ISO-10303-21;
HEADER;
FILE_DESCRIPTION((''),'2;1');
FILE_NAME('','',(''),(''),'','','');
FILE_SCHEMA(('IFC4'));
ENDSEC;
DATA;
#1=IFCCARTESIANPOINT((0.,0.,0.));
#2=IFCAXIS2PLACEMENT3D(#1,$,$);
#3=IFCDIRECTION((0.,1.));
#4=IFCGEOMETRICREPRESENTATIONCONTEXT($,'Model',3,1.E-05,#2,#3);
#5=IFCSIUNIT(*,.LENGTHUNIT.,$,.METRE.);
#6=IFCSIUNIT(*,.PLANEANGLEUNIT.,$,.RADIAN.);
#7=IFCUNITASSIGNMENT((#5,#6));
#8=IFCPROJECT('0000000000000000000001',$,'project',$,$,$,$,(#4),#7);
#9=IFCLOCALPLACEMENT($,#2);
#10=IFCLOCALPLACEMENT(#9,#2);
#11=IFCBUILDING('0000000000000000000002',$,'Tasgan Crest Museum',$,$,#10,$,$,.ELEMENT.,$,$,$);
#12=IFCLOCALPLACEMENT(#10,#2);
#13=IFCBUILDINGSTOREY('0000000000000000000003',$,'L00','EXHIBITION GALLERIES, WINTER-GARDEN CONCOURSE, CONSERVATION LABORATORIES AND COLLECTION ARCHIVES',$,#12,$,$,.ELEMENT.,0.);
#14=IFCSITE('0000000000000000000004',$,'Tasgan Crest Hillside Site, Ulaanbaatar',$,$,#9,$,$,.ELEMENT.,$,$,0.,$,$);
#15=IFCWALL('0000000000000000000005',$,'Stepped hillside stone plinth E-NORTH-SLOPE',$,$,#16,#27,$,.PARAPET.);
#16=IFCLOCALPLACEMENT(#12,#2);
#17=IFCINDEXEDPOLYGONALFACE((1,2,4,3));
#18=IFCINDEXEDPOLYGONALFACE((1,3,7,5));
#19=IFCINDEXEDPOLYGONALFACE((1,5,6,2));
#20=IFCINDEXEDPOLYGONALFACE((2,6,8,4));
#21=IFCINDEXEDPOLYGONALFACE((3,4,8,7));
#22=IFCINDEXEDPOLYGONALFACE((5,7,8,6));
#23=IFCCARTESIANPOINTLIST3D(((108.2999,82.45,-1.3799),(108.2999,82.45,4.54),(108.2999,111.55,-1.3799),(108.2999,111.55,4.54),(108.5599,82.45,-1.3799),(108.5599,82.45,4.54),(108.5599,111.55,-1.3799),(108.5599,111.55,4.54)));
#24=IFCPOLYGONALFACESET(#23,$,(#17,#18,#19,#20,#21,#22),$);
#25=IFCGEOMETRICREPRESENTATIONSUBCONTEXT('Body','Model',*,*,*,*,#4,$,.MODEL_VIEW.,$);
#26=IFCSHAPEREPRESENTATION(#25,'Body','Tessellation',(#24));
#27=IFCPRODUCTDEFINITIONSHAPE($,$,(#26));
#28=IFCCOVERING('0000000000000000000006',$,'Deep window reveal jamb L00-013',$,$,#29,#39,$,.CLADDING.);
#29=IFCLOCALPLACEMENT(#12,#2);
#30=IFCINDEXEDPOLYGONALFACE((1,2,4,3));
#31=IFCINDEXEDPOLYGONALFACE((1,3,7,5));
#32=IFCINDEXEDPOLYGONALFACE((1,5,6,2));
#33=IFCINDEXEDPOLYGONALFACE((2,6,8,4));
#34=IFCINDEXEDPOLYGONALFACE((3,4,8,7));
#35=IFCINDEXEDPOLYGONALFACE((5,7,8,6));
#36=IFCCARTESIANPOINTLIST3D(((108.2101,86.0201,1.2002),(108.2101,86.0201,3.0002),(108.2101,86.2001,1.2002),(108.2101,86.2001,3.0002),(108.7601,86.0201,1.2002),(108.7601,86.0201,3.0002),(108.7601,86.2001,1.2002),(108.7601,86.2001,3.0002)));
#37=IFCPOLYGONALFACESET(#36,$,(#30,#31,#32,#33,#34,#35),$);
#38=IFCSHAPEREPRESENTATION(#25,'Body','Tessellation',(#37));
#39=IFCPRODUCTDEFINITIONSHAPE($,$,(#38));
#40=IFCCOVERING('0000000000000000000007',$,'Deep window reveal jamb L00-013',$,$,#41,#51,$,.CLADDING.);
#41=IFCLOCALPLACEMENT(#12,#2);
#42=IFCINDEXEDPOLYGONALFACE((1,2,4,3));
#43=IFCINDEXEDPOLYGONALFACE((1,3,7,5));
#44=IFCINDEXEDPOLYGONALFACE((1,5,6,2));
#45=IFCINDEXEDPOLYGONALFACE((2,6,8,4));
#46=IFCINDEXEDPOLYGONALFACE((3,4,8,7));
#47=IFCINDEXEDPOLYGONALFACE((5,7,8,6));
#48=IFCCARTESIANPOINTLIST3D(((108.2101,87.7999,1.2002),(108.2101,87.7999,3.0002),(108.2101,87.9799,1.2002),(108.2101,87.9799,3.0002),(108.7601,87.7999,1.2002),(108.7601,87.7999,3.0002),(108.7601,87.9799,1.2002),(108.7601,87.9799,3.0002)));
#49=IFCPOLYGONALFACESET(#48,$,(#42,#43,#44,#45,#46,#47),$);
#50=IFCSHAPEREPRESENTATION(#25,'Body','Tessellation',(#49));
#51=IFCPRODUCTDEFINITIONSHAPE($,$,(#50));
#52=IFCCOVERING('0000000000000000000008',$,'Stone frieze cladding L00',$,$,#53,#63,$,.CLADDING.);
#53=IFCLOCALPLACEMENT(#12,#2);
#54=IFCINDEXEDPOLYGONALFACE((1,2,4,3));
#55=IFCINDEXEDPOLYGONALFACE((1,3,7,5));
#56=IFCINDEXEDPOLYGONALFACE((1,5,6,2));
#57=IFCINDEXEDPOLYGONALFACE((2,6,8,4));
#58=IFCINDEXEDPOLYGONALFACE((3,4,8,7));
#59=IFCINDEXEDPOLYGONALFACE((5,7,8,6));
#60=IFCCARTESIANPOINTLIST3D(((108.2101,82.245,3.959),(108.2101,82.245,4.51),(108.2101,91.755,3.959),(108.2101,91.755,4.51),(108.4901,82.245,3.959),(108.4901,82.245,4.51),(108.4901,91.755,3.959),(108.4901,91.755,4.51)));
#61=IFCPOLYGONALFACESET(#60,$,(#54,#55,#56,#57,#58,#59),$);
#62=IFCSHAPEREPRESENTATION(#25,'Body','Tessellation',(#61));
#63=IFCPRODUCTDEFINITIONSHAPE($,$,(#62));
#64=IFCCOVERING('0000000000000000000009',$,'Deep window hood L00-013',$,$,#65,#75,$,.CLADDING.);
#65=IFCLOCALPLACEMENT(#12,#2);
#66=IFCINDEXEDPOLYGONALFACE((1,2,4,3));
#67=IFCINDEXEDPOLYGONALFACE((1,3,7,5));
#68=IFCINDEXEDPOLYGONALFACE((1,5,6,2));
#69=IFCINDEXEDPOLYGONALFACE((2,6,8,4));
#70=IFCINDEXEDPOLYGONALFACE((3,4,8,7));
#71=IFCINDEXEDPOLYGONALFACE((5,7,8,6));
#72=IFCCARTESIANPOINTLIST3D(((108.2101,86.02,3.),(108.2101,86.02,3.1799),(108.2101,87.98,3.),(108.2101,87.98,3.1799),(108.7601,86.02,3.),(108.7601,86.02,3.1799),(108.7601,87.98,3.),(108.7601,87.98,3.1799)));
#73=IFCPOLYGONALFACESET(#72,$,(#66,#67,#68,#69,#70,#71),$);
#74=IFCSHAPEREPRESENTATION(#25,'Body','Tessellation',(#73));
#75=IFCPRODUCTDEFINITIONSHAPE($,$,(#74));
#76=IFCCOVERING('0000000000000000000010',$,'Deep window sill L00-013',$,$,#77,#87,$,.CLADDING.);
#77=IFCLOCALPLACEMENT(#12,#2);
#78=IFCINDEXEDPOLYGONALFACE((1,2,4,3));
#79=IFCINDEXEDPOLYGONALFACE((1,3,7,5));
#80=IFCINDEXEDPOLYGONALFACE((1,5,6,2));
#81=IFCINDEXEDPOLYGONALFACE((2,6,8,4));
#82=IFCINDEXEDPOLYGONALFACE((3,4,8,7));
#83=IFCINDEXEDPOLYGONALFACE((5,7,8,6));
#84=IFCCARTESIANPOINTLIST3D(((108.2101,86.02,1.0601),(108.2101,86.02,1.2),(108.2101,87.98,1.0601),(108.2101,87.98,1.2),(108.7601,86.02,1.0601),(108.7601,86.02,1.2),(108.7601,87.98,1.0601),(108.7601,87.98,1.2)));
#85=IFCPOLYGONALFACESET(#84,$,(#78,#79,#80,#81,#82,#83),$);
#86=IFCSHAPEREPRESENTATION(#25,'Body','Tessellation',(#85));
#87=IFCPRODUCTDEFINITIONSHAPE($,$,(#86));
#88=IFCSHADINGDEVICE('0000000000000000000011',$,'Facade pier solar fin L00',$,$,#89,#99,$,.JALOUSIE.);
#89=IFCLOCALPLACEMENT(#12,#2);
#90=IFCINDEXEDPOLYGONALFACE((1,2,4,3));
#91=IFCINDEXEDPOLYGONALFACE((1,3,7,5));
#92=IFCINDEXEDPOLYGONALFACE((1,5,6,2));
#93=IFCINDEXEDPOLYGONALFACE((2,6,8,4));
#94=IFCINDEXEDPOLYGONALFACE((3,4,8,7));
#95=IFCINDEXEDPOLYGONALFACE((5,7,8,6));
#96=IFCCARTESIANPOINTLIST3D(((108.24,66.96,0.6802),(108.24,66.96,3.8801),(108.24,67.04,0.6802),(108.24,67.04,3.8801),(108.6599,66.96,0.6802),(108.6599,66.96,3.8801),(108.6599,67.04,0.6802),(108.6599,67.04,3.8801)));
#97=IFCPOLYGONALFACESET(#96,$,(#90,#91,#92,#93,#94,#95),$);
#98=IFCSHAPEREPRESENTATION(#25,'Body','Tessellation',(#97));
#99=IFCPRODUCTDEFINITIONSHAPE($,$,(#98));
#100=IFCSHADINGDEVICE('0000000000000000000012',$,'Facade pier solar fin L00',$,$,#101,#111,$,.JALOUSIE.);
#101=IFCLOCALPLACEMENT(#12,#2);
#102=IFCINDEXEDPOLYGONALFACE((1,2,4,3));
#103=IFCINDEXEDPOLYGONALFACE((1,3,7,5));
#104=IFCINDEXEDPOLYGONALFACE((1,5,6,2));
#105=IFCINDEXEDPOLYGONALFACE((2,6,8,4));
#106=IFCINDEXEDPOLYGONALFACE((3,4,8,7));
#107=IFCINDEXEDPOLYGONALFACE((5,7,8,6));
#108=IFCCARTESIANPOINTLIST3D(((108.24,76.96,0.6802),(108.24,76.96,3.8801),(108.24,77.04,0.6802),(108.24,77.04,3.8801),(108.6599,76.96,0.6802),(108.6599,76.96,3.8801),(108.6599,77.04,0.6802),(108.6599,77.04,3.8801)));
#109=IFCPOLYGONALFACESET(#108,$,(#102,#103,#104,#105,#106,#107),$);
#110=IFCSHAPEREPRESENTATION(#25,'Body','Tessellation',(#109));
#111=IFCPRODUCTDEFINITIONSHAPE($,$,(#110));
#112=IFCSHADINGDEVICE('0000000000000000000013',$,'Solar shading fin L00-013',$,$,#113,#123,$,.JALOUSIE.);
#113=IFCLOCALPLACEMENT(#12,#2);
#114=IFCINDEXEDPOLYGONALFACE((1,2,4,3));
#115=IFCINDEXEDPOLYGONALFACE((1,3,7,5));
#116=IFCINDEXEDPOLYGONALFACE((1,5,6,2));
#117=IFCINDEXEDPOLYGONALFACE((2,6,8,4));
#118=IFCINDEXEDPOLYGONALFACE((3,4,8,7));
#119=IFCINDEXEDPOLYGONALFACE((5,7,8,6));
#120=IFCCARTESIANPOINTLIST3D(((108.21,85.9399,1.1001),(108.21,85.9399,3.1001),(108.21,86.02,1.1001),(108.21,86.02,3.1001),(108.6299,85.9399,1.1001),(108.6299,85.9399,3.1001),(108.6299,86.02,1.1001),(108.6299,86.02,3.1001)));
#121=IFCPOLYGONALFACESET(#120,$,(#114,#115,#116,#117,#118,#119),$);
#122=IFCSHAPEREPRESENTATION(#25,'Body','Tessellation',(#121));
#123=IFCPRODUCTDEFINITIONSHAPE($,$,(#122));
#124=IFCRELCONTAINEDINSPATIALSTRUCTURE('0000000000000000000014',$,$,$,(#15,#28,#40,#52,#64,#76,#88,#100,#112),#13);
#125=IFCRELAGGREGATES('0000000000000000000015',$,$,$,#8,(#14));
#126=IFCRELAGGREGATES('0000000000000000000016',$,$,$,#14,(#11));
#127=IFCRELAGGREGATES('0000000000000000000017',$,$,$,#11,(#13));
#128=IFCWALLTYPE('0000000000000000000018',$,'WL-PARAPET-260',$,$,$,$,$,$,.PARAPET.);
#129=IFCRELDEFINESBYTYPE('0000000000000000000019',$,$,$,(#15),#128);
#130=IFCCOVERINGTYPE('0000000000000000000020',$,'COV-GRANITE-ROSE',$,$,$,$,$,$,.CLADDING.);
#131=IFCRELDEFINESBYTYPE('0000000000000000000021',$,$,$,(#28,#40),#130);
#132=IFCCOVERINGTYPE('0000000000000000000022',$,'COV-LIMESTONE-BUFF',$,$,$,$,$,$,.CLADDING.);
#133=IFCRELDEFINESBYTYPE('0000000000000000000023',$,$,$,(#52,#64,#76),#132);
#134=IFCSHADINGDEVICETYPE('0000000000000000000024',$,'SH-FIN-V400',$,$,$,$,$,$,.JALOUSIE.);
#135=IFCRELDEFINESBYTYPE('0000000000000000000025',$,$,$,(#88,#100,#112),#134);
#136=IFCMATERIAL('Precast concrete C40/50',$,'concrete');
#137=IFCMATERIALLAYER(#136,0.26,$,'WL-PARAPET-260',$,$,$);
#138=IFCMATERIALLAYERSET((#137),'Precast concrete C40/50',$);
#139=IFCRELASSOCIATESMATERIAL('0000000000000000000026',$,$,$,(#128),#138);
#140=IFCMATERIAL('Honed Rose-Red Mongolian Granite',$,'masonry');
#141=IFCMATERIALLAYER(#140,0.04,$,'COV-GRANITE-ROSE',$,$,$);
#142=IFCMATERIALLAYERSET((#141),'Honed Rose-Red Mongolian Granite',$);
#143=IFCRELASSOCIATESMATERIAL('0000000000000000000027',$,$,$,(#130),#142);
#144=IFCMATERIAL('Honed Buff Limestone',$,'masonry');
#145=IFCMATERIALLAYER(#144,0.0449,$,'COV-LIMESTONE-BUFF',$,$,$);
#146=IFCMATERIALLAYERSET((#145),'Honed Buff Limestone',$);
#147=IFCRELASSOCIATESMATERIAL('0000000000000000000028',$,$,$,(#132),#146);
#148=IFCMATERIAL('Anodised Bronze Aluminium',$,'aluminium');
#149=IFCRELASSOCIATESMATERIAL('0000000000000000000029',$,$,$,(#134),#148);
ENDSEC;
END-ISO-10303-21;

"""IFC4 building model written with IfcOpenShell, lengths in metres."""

from ifc_helpers import new_model, si_unit, direction, frame, frame_2d, origin, origin_2d, place, context, subcontext, project, spatial, rectangle, extrude, material, layer, layer_set, type_object, element, save


model = new_model("IFC4")

# Units and contexts
model_context = context("Model", 3, precision=1e-05, world=origin(), true_north=direction((0.0, 1.0)))
body_context = subcontext(model_context, "Body", "Model", "MODEL_VIEW")
ifc_project = project(units=[si_unit("LENGTHUNIT", "METRE"), si_unit("PLANEANGLEUNIT", "RADIAN")], contexts=[model_context])

# Site, building, storey
site_placement = place(None, origin())
site = spatial("IfcSite", under=ifc_project, at=site_placement, Name="Tasgan Crest Hillside Site, Ulaanbaatar", CompositionType="ELEMENT", RefElevation=0.0)
building_placement = place(site_placement, origin())
building = spatial("IfcBuilding", under=site, at=building_placement, Name="Tasgan Crest Museum", CompositionType="ELEMENT")
storey_placement = place(building_placement, origin())
storey = spatial("IfcBuildingStorey", under=building, at=storey_placement, Name="L00", Description="EXHIBITION GALLERIES, WINTER-GARDEN CONCOURSE, CONSERVATION LABORATORIES AND COLLECTION ARCHIVES", CompositionType="ELEMENT", Elevation=0.0)

# Wall
ifc_material_1 = material(Name="Precast concrete C40/50", Category="concrete")
ifc_layer_1 = layer(ifc_material_1, 0.26, Name="WL-PARAPET-260")
ifc_layer_set_1 = layer_set([ifc_layer_1], Name="Precast concrete C40/50")
wall_type_1 = type_object("IfcWallType", Name="WL-PARAPET-260", PredefinedType="PARAPET", material=ifc_layer_set_1)
wall_1_placement = place(storey_placement, frame((108.4299, 82.45, -1.3799), z_axis=(0.0, 0.0, 1.0), x_axis=(0.0, 1.0, 0.0)))
element("IfcWall", 1, at=wall_1_placement, inside=storey, type_object=wall_type_1, Name="Stepped hillside stone plinth E-NORTH-SLOPE", PredefinedType="PARAPET", context=body_context, shape_type="SweptSolid", body=[
    extrude(rectangle(XDim=29.1001, YDim=0.26, at=frame_2d((14.55, 0.0))), origin(), (0.0, 0.0, 1.0), 5.9199),
])

# Coverings
ifc_material_2 = material(Name="Honed Rose-Red Mongolian Granite", Category="masonry")
ifc_layer_2 = layer(ifc_material_2, 0.04, Name="COV-GRANITE-ROSE")
ifc_layer_set_2 = layer_set([ifc_layer_2], Name="Honed Rose-Red Mongolian Granite")
covering_type_1 = type_object("IfcCoveringType", Name="COV-GRANITE-ROSE", PredefinedType="CLADDING", material=ifc_layer_set_2)
for number, where, z_axis, x_axis, name in (
    (2, (108.4851, 86.1101, 1.2002), (0.0, 0.0, 1.0), (0.0, 1.0, 0.0), "Deep window reveal jamb L00-013"),
    (3, (108.4851, 87.8899, 1.2002), (0.0, 0.0, 1.0), (0.0, 1.0, 0.0), "Deep window reveal jamb L00-013"),
):
    element("IfcCovering", number, at=place(storey_placement, frame(where, z_axis=z_axis, x_axis=x_axis)), inside=storey, type_object=covering_type_1, Name=name, PredefinedType="CLADDING", context=body_context, shape_type="SweptSolid", body=[
        extrude(rectangle(XDim=0.1799, YDim=0.55, at=origin_2d()), origin(), (0.0, 0.0, 1.0), 1.8),
    ])
ifc_material_3 = material(Name="Honed Buff Limestone", Category="masonry")
ifc_layer_3 = layer(ifc_material_3, 0.0449, Name="COV-LIMESTONE-BUFF")
ifc_layer_set_3 = layer_set([ifc_layer_3], Name="Honed Buff Limestone")
covering_type_2 = type_object("IfcCoveringType", Name="COV-LIMESTONE-BUFF", PredefinedType="CLADDING", material=ifc_layer_set_3)
covering_1_placement = place(storey_placement, frame((108.3501, 87.0, 3.959), z_axis=(0.0, 0.0, 1.0), x_axis=(0.0, 1.0, 0.0)))
element("IfcCovering", 4, at=covering_1_placement, inside=storey, type_object=covering_type_2, Name="Stone frieze cladding L00", PredefinedType="CLADDING", context=body_context, shape_type="SweptSolid", body=[
    extrude(rectangle(XDim=9.51, YDim=0.28, at=origin_2d()), origin(), (0.0, 0.0, 1.0), 0.551),
])
covering_2_placement = place(storey_placement, frame((108.4851, 87.0, 3.0), z_axis=(0.0, 0.0, 1.0), x_axis=(0.0, 1.0, 0.0)))
element("IfcCovering", 5, at=covering_2_placement, inside=storey, type_object=covering_type_2, Name="Deep window hood L00-013", PredefinedType="CLADDING", context=body_context, shape_type="SweptSolid", body=[
    extrude(rectangle(XDim=1.96, YDim=0.55, at=origin_2d()), origin(), (0.0, 0.0, 1.0), 0.1799),
])
covering_3_placement = place(storey_placement, frame((108.4851, 87.0, 1.0601), z_axis=(0.0, 0.0, 1.0), x_axis=(0.0, 1.0, 0.0)))
element("IfcCovering", 6, at=covering_3_placement, inside=storey, type_object=covering_type_2, Name="Deep window sill L00-013", PredefinedType="CLADDING", context=body_context, shape_type="SweptSolid", body=[
    extrude(rectangle(XDim=1.96, YDim=0.55, at=origin_2d()), origin(), (0.0, 0.0, 1.0), 0.1399),
])

# Shading devices
ifc_material_4 = material(Name="Anodised Bronze Aluminium", Category="aluminium")
shading_device_type = type_object("IfcShadingDeviceType", Name="SH-FIN-V400", PredefinedType="JALOUSIE", material=ifc_material_4)
for number, where, z_axis, x_axis, name in (
    (7, (108.45, 67.0, 0.6802), (0.0, 0.0, 1.0), (0.0, 1.0, 0.0), "Facade pier solar fin L00"),
    (8, (108.45, 77.0, 0.6802), (0.0, 0.0, 1.0), (0.0, 1.0, 0.0), "Facade pier solar fin L00"),
):
    element("IfcShadingDevice", number, at=place(storey_placement, frame(where, z_axis=z_axis, x_axis=x_axis)), inside=storey, type_object=shading_device_type, Name=name, PredefinedType="JALOUSIE", context=body_context, shape_type="SweptSolid", body=[
        extrude(rectangle(XDim=0.0801, YDim=0.4199, at=origin_2d()), origin(), (0.0, 0.0, 1.0), 3.2),
    ])
shading_device_placement = place(storey_placement, frame((108.4199, 85.98, 1.1001), z_axis=(0.0, 0.0, 1.0), x_axis=(0.0, 1.0, 0.0)))
element("IfcShadingDevice", 9, at=shading_device_placement, inside=storey, type_object=shading_device_type, Name="Solar shading fin L00-013", PredefinedType="JALOUSIE", context=body_context, shape_type="SweptSolid", body=[
    extrude(rectangle(XDim=0.0801, YDim=0.4199, at=origin_2d()), origin(), (0.0, 0.0, 1.0), 2.0),
])

save(model, "model.ifc")
